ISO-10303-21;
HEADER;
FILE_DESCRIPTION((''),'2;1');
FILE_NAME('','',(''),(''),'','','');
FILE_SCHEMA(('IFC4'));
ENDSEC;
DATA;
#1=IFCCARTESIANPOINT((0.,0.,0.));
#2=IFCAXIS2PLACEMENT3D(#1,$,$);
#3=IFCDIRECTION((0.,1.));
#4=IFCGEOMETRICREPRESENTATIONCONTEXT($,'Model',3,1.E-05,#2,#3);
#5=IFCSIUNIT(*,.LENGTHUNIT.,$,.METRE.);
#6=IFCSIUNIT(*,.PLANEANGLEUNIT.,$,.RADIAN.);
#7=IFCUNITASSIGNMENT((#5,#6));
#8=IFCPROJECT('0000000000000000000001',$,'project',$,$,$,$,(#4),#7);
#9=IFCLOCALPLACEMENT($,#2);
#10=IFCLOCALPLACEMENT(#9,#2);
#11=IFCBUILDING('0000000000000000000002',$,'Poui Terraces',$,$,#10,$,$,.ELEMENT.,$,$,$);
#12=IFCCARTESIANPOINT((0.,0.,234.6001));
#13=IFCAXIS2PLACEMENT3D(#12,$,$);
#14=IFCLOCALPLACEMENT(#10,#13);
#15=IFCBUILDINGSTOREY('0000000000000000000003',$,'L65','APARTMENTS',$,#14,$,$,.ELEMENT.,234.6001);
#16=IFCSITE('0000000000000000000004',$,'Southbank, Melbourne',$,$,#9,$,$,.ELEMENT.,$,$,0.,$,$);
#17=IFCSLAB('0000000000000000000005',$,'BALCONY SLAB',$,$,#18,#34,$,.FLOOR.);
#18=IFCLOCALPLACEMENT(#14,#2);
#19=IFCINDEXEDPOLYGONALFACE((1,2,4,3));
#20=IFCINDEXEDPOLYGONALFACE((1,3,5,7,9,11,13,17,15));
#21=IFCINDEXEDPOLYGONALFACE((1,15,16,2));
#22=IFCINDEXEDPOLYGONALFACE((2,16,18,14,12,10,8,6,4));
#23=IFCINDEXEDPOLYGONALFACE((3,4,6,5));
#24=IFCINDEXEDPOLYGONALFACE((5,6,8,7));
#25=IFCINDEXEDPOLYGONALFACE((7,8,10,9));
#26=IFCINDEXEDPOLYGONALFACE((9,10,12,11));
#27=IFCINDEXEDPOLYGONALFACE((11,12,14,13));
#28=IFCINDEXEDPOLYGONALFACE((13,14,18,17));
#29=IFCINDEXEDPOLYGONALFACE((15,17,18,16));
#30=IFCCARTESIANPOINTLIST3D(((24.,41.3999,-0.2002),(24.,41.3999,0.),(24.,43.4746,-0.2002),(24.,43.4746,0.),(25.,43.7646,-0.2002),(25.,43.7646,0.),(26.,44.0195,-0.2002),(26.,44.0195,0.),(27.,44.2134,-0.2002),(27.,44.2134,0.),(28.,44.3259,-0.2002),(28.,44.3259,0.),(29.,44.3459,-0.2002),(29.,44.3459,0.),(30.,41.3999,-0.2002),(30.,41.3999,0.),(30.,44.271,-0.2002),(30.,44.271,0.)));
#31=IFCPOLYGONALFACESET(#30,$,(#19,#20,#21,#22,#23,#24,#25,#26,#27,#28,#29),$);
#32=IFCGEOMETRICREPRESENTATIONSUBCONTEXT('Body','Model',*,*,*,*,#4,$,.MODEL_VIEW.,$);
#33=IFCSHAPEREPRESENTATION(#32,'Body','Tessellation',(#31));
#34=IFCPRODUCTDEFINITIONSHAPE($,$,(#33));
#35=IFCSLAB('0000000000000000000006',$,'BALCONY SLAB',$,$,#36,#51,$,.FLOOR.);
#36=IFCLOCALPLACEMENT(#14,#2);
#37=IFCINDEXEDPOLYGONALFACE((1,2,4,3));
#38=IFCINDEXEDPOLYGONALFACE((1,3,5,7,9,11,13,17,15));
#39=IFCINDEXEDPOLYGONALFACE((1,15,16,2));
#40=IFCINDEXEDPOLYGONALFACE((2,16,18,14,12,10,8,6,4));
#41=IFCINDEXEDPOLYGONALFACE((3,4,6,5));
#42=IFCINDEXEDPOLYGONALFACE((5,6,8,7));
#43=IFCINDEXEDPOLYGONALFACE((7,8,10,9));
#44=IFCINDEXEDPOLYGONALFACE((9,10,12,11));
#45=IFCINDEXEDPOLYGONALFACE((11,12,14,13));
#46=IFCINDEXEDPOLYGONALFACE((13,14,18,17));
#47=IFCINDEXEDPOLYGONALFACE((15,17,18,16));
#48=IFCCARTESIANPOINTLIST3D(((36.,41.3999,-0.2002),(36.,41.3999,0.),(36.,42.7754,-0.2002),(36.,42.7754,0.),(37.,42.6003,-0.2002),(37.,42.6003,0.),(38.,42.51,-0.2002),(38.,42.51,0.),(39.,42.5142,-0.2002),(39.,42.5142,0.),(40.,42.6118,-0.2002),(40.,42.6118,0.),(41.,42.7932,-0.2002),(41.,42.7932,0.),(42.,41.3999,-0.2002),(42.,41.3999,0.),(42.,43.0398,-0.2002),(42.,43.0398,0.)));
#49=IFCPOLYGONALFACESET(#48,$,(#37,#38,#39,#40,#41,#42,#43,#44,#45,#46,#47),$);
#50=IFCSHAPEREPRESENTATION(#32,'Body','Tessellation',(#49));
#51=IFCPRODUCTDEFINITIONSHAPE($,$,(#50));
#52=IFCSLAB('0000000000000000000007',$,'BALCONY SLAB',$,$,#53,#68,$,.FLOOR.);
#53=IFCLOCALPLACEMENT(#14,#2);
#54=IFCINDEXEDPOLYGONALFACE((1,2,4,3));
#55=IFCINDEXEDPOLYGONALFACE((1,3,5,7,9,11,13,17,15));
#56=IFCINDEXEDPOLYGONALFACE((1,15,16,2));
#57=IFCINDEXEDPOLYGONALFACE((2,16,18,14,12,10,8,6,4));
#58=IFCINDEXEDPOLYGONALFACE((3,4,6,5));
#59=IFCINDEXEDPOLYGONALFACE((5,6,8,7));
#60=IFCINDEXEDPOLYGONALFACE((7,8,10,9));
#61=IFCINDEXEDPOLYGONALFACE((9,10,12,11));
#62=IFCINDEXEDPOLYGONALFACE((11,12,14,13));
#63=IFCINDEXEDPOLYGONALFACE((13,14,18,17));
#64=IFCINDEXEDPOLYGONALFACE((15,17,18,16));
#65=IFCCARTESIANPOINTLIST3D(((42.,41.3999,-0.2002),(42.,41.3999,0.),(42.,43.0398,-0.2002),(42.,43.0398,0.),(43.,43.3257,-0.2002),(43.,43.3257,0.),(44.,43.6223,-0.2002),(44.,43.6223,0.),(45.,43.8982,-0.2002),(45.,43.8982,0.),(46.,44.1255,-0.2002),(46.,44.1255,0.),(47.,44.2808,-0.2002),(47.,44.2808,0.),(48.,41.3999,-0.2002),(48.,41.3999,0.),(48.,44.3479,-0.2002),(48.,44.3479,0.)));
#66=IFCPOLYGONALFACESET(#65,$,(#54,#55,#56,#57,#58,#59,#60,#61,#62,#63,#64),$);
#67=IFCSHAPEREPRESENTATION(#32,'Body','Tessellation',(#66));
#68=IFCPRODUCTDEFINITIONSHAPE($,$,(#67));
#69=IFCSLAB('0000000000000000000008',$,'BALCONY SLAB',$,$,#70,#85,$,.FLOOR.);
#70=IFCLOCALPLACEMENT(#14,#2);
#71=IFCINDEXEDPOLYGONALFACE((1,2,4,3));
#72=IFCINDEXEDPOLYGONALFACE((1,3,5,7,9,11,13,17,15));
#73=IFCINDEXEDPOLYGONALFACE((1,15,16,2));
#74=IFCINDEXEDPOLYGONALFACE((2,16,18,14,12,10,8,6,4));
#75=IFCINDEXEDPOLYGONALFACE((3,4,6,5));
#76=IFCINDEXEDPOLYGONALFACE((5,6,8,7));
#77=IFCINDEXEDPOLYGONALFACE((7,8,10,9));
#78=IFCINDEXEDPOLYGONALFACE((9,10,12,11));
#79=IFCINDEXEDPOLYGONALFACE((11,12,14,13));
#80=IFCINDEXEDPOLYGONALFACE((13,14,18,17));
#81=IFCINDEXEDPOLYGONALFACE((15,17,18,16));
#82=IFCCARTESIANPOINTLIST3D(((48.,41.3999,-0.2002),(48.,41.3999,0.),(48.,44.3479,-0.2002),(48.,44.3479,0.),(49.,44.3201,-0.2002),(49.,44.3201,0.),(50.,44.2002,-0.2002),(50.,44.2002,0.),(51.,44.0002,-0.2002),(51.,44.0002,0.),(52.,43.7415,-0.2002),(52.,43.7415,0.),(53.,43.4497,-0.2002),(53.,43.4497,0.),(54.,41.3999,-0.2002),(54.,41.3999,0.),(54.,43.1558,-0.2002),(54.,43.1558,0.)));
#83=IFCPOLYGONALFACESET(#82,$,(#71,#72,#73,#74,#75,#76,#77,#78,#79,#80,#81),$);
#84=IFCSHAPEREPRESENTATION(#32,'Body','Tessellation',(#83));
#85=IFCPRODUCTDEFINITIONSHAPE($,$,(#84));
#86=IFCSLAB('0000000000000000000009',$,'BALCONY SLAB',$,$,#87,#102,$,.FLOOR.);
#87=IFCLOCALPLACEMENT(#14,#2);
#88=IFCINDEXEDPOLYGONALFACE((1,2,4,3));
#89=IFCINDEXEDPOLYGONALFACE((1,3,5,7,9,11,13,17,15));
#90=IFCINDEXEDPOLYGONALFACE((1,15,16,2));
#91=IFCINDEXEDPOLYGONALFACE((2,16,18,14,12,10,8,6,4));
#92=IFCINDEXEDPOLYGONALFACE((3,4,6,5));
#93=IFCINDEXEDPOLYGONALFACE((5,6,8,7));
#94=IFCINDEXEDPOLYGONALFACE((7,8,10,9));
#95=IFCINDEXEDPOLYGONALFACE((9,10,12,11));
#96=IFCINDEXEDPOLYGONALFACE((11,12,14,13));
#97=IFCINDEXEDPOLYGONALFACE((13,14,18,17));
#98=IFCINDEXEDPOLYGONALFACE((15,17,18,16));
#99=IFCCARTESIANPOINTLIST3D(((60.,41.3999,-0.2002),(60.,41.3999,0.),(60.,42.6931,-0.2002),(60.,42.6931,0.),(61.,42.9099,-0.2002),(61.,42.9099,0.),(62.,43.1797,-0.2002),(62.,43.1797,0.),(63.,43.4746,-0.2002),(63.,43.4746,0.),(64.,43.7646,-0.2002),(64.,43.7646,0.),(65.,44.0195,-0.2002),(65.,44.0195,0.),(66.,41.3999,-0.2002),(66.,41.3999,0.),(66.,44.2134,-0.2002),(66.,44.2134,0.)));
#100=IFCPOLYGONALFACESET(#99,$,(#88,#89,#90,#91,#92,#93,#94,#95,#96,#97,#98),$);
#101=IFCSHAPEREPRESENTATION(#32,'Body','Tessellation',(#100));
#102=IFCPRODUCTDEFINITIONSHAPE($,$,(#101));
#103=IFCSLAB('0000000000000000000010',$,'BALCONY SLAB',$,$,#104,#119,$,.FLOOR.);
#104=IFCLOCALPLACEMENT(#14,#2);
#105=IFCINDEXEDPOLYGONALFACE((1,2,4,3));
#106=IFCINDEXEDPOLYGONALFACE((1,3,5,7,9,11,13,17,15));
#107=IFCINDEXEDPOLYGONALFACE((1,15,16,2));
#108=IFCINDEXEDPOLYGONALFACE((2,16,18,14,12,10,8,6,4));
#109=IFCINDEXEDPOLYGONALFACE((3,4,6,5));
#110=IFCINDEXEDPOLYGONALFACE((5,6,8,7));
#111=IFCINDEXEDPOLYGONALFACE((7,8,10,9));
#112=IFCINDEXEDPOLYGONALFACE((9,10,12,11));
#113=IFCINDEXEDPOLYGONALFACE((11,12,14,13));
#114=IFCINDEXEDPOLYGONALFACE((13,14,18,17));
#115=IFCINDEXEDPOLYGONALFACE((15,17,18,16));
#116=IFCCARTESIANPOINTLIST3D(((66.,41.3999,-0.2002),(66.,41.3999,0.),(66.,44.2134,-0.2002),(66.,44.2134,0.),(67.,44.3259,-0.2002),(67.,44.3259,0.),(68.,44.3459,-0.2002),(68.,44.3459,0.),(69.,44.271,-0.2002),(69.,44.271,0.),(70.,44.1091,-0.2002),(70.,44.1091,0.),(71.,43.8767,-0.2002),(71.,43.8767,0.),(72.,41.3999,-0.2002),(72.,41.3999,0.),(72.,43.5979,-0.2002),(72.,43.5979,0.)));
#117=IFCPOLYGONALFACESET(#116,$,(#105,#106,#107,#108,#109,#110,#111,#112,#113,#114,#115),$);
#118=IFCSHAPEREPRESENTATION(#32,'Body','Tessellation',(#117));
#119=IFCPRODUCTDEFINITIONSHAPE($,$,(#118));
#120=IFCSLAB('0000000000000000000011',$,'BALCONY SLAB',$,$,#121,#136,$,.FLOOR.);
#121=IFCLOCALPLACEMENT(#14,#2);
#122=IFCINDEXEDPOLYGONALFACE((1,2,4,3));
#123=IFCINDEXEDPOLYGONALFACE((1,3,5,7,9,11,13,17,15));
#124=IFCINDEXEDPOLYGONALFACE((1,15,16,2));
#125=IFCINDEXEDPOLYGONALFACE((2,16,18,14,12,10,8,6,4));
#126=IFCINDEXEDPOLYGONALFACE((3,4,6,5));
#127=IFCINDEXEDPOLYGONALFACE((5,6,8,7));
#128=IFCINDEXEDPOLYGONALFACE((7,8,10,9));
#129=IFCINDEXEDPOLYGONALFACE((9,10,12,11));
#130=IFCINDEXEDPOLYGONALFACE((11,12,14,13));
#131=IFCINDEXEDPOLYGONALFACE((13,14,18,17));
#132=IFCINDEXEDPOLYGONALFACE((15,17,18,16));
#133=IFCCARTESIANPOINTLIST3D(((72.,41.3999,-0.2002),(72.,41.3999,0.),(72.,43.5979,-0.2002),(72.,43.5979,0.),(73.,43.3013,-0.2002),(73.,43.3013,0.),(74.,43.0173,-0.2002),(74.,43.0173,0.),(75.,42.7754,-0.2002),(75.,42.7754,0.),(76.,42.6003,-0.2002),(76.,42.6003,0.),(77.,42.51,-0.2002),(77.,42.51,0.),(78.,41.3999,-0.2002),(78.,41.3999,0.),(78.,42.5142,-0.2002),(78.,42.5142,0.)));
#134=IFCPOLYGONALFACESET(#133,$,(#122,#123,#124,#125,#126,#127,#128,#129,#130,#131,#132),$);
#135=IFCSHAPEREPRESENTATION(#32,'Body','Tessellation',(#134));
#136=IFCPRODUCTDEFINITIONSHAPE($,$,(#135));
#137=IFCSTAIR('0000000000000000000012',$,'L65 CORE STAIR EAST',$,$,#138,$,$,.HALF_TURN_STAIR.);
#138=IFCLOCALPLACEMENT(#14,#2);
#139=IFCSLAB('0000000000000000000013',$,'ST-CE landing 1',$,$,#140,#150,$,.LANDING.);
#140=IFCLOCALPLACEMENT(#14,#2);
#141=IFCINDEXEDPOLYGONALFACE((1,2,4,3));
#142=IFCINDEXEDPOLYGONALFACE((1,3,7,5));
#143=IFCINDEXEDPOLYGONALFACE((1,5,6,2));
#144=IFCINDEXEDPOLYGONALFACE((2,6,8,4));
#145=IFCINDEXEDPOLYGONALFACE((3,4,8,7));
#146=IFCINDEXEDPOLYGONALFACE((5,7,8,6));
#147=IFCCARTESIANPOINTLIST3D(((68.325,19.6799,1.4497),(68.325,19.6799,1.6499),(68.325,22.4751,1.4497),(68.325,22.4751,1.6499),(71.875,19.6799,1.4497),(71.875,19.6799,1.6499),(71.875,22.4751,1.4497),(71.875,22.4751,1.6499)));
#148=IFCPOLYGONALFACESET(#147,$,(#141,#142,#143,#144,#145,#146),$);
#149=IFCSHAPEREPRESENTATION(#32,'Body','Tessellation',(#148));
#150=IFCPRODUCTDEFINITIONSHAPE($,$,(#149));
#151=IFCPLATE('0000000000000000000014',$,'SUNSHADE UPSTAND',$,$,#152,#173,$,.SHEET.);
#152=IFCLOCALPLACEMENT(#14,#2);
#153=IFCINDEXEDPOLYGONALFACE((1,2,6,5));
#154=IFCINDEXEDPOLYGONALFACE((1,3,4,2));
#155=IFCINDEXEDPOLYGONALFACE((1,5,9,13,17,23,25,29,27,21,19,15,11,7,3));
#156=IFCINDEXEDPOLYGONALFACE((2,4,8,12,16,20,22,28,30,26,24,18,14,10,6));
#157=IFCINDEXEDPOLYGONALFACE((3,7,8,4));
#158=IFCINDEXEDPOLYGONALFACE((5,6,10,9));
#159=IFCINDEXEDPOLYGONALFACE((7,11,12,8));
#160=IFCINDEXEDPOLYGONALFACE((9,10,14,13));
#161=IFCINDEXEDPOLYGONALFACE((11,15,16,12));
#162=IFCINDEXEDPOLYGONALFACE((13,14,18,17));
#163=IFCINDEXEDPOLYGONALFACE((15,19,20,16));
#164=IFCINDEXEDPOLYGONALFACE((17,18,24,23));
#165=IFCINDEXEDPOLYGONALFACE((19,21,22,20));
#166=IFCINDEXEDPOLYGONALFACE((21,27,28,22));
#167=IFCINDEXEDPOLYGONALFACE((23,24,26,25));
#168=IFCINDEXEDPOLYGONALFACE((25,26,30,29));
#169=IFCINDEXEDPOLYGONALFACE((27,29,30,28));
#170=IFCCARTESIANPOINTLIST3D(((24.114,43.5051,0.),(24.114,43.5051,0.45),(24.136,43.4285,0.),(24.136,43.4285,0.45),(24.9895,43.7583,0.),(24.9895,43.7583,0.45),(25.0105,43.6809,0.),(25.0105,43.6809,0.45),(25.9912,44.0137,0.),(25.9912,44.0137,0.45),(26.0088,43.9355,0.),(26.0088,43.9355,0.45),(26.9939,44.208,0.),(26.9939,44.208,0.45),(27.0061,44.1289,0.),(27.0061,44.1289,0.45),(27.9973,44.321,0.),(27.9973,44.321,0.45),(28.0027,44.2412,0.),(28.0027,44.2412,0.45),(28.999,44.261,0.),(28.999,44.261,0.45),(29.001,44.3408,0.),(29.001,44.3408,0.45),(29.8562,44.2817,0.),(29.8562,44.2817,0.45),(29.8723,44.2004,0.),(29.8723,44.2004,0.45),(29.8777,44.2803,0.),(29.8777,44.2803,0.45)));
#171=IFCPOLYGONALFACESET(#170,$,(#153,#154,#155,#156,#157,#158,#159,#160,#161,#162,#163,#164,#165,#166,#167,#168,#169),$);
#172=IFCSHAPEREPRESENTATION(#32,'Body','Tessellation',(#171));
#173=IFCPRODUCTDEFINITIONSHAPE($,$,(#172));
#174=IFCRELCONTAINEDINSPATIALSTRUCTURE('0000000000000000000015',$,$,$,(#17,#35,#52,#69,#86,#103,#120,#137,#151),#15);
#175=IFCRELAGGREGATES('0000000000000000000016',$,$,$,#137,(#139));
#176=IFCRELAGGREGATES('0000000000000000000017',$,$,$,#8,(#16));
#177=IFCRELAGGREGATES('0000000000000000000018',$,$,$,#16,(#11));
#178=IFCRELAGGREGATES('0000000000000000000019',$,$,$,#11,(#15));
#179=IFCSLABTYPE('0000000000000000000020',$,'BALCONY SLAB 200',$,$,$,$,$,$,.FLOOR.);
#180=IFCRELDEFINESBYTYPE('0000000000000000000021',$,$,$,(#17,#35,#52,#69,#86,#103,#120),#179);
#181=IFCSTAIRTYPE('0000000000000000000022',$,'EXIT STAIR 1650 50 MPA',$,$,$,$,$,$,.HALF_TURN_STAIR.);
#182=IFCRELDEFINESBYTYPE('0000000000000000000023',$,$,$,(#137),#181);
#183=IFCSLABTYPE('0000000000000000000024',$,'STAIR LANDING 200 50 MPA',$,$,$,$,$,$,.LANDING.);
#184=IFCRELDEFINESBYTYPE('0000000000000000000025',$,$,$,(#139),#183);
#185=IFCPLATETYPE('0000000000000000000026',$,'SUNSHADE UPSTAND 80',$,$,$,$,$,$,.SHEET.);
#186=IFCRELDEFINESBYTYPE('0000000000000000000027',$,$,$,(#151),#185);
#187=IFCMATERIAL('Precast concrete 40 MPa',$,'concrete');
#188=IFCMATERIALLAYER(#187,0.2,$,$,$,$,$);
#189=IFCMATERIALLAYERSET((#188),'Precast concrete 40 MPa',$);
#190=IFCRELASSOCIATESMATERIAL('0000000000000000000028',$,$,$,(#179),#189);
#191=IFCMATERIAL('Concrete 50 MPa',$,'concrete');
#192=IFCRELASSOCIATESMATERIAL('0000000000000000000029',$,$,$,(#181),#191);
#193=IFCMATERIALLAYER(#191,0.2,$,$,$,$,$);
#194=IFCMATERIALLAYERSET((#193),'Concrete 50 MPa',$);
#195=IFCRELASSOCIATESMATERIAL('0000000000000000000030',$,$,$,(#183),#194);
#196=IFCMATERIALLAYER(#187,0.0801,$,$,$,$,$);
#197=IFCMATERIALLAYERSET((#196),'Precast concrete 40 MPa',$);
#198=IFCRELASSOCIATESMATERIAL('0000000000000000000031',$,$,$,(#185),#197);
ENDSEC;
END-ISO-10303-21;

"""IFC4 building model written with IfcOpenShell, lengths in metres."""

from ifc_helpers import new_model, si_unit, direction, frame, origin, place, context, subcontext, project, spatial, polyline, outline, extrude, material, layer, layer_set, type_object, element, aggregate, save


model = new_model("IFC4")

# Units and contexts
model_context = context("Model", 3, precision=1e-05, world=origin(), true_north=direction((0.0, 1.0)))
body_context = subcontext(model_context, "Body", "Model", "MODEL_VIEW")
ifc_project = project(units=[si_unit("LENGTHUNIT", "METRE"), si_unit("PLANEANGLEUNIT", "RADIAN")], contexts=[model_context])

# Site, building, storey
site_placement = place(None, origin())
site = spatial("IfcSite", under=ifc_project, at=site_placement, Name="Southbank, Melbourne", CompositionType="ELEMENT", RefElevation=0.0)
building_placement = place(site_placement, origin())
building = spatial("IfcBuilding", under=site, at=building_placement, Name="Poui Terraces", CompositionType="ELEMENT")
storey_placement = place(building_placement, frame((0.0, 0.0, 234.6001)))
storey = spatial("IfcBuildingStorey", under=building, at=storey_placement, Name="L65", Description="APARTMENTS", CompositionType="ELEMENT", Elevation=234.6001)

# Slabs
ifc_material_1 = material(Name="Precast concrete 40 MPa", Category="concrete")
ifc_layer_1 = layer(ifc_material_1, 0.2)
ifc_layer_set_1 = layer_set([ifc_layer_1], Name="Precast concrete 40 MPa")
slab_type_1 = type_object("IfcSlabType", Name="BALCONY SLAB 200", PredefinedType="FLOOR", material=ifc_layer_set_1)
slab_1_placement = place(storey_placement, frame((0.0, 0.0, -0.2002)))
element("IfcSlab", 1, at=slab_1_placement, inside=storey, type_object=slab_type_1, Name="BALCONY SLAB", PredefinedType="FLOOR", context=body_context, shape_type="SweptSolid", body=[
    extrude(outline(polyline([(24.0, 41.3999), (30.0, 41.3999), (30.0, 44.271), (29.0, 44.3459), (28.0, 44.3259), (27.0, 44.2134), (26.0, 44.0195), (25.0, 43.7646), (24.0, 43.4746), (24.0, 41.3999)])), origin(), (0.0, 0.0, 1.0), 0.2002),
])
slab_2_placement = place(storey_placement, frame((0.0, 0.0, -0.2002)))
element("IfcSlab", 2, at=slab_2_placement, inside=storey, type_object=slab_type_1, Name="BALCONY SLAB", PredefinedType="FLOOR", context=body_context, shape_type="SweptSolid", body=[
    extrude(outline(polyline([(36.0, 41.3999), (42.0, 41.3999), (42.0, 43.0398), (41.0, 42.7932), (40.0, 42.6118), (39.0, 42.5142), (38.0, 42.51), (37.0, 42.6003), (36.0, 42.7754), (36.0, 41.3999)])), origin(), (0.0, 0.0, 1.0), 0.2002),
])
slab_3_placement = place(storey_placement, frame((0.0, 0.0, -0.2002)))
element("IfcSlab", 3, at=slab_3_placement, inside=storey, type_object=slab_type_1, Name="BALCONY SLAB", PredefinedType="FLOOR", context=body_context, shape_type="SweptSolid", body=[
    extrude(outline(polyline([(42.0, 41.3999), (48.0, 41.3999), (48.0, 44.3479), (47.0, 44.2808), (46.0, 44.1255), (45.0, 43.8982), (44.0, 43.6223), (43.0, 43.3257), (42.0, 43.0398), (42.0, 41.3999)])), origin(), (0.0, 0.0, 1.0), 0.2002),
])
slab_4_placement = place(storey_placement, frame((0.0, 0.0, -0.2002)))
element("IfcSlab", 4, at=slab_4_placement, inside=storey, type_object=slab_type_1, Name="BALCONY SLAB", PredefinedType="FLOOR", context=body_context, shape_type="SweptSolid", body=[
    extrude(outline(polyline([(48.0, 41.3999), (54.0, 41.3999), (54.0, 43.1558), (53.0, 43.4497), (52.0, 43.7415), (51.0, 44.0002), (50.0, 44.2002), (49.0, 44.3201), (48.0, 44.3479), (48.0, 41.3999)])), origin(), (0.0, 0.0, 1.0), 0.2002),
])
slab_5_placement = place(storey_placement, frame((0.0, 0.0, -0.2002)))
element("IfcSlab", 5, at=slab_5_placement, inside=storey, type_object=slab_type_1, Name="BALCONY SLAB", PredefinedType="FLOOR", context=body_context, shape_type="SweptSolid", body=[
    extrude(outline(polyline([(60.0, 41.3999), (66.0, 41.3999), (66.0, 44.2134), (65.0, 44.0195), (64.0, 43.7646), (63.0, 43.4746), (62.0, 43.1797), (61.0, 42.9099), (60.0, 42.6931), (60.0, 41.3999)])), origin(), (0.0, 0.0, 1.0), 0.2002),
])
slab_6_placement = place(storey_placement, frame((0.0, 0.0, -0.2002)))
element("IfcSlab", 6, at=slab_6_placement, inside=storey, type_object=slab_type_1, Name="BALCONY SLAB", PredefinedType="FLOOR", context=body_context, shape_type="SweptSolid", body=[
    extrude(outline(polyline([(66.0, 41.3999), (72.0, 41.3999), (72.0, 43.5979), (71.0, 43.8767), (70.0, 44.1091), (69.0, 44.271), (68.0, 44.3459), (67.0, 44.3259), (66.0, 44.2134), (66.0, 41.3999)])), origin(), (0.0, 0.0, 1.0), 0.2002),
])
slab_7_placement = place(storey_placement, frame((0.0, 0.0, -0.2002)))
element("IfcSlab", 7, at=slab_7_placement, inside=storey, type_object=slab_type_1, Name="BALCONY SLAB", PredefinedType="FLOOR", context=body_context, shape_type="SweptSolid", body=[
    extrude(outline(polyline([(72.0, 41.3999), (78.0, 41.3999), (78.0, 42.5142), (77.0, 42.51), (76.0, 42.6003), (75.0, 42.7754), (74.0, 43.0173), (73.0, 43.3013), (72.0, 43.5979), (72.0, 41.3999)])), origin(), (0.0, 0.0, 1.0), 0.2002),
])

# Stair, slab
ifc_material_2 = material(Name="Concrete 50 MPa", Category="concrete")
stair_type = type_object("IfcStairType", Name="EXIT STAIR 1650 50 MPA", PredefinedType="HALF_TURN_STAIR", material=ifc_material_2)
stair_placement = place(storey_placement, origin())
stair = element("IfcStair", 8, at=stair_placement, inside=storey, type_object=stair_type, Name="L65 CORE STAIR EAST", PredefinedType="HALF_TURN_STAIR")
ifc_layer_2 = layer(ifc_material_2, 0.2)
ifc_layer_set_2 = layer_set([ifc_layer_2], Name="Concrete 50 MPa")
slab_type_2 = type_object("IfcSlabType", Name="STAIR LANDING 200 50 MPA", PredefinedType="LANDING", material=ifc_layer_set_2)
slab_8_placement = place(storey_placement, frame((0.0, 0.0, 1.4497)))
slab_8 = element("IfcSlab", 9, at=slab_8_placement, type_object=slab_type_2, Name="ST-CE landing 1", PredefinedType="LANDING", context=body_context, shape_type="SweptSolid", body=[
    extrude(outline(polyline([(68.325, 19.6799), (71.875, 19.6799), (71.875, 22.4751), (68.325, 22.4751), (68.325, 19.6799)])), origin(), (0.0, 0.0, 1.0), 0.2002),
])
aggregate(stair, [slab_8])

# Plate
ifc_layer_3 = layer(ifc_material_1, 0.0801)
ifc_layer_set_3 = layer_set([ifc_layer_3], Name="Precast concrete 40 MPa")
plate_type = type_object("IfcPlateType", Name="SUNSHADE UPSTAND 80", PredefinedType="SHEET", material=ifc_layer_set_3)
plate_1_placement = place(storey_placement, origin())
element("IfcPlate", 10, at=plate_1_placement, inside=storey, type_object=plate_type, Name="SUNSHADE UPSTAND", PredefinedType="SHEET", context=body_context, shape_type="SweptSolid", body=[
    extrude(outline(polyline([(24.9895, 43.7583), (24.114, 43.5051), (24.136, 43.4285), (25.0105, 43.6809), (26.0088, 43.9355), (27.0061, 44.1289), (28.0027, 44.2412), (28.999, 44.261), (29.8723, 44.2004), (29.8777, 44.2803), (29.8562, 44.2817), (29.001, 44.3408), (27.9973, 44.321), (26.9939, 44.208), (25.9912, 44.0137), (24.9895, 43.7583)])), origin(), (0.0, 0.0, 1.0), 0.45),
])

save(model, "model.ifc")
